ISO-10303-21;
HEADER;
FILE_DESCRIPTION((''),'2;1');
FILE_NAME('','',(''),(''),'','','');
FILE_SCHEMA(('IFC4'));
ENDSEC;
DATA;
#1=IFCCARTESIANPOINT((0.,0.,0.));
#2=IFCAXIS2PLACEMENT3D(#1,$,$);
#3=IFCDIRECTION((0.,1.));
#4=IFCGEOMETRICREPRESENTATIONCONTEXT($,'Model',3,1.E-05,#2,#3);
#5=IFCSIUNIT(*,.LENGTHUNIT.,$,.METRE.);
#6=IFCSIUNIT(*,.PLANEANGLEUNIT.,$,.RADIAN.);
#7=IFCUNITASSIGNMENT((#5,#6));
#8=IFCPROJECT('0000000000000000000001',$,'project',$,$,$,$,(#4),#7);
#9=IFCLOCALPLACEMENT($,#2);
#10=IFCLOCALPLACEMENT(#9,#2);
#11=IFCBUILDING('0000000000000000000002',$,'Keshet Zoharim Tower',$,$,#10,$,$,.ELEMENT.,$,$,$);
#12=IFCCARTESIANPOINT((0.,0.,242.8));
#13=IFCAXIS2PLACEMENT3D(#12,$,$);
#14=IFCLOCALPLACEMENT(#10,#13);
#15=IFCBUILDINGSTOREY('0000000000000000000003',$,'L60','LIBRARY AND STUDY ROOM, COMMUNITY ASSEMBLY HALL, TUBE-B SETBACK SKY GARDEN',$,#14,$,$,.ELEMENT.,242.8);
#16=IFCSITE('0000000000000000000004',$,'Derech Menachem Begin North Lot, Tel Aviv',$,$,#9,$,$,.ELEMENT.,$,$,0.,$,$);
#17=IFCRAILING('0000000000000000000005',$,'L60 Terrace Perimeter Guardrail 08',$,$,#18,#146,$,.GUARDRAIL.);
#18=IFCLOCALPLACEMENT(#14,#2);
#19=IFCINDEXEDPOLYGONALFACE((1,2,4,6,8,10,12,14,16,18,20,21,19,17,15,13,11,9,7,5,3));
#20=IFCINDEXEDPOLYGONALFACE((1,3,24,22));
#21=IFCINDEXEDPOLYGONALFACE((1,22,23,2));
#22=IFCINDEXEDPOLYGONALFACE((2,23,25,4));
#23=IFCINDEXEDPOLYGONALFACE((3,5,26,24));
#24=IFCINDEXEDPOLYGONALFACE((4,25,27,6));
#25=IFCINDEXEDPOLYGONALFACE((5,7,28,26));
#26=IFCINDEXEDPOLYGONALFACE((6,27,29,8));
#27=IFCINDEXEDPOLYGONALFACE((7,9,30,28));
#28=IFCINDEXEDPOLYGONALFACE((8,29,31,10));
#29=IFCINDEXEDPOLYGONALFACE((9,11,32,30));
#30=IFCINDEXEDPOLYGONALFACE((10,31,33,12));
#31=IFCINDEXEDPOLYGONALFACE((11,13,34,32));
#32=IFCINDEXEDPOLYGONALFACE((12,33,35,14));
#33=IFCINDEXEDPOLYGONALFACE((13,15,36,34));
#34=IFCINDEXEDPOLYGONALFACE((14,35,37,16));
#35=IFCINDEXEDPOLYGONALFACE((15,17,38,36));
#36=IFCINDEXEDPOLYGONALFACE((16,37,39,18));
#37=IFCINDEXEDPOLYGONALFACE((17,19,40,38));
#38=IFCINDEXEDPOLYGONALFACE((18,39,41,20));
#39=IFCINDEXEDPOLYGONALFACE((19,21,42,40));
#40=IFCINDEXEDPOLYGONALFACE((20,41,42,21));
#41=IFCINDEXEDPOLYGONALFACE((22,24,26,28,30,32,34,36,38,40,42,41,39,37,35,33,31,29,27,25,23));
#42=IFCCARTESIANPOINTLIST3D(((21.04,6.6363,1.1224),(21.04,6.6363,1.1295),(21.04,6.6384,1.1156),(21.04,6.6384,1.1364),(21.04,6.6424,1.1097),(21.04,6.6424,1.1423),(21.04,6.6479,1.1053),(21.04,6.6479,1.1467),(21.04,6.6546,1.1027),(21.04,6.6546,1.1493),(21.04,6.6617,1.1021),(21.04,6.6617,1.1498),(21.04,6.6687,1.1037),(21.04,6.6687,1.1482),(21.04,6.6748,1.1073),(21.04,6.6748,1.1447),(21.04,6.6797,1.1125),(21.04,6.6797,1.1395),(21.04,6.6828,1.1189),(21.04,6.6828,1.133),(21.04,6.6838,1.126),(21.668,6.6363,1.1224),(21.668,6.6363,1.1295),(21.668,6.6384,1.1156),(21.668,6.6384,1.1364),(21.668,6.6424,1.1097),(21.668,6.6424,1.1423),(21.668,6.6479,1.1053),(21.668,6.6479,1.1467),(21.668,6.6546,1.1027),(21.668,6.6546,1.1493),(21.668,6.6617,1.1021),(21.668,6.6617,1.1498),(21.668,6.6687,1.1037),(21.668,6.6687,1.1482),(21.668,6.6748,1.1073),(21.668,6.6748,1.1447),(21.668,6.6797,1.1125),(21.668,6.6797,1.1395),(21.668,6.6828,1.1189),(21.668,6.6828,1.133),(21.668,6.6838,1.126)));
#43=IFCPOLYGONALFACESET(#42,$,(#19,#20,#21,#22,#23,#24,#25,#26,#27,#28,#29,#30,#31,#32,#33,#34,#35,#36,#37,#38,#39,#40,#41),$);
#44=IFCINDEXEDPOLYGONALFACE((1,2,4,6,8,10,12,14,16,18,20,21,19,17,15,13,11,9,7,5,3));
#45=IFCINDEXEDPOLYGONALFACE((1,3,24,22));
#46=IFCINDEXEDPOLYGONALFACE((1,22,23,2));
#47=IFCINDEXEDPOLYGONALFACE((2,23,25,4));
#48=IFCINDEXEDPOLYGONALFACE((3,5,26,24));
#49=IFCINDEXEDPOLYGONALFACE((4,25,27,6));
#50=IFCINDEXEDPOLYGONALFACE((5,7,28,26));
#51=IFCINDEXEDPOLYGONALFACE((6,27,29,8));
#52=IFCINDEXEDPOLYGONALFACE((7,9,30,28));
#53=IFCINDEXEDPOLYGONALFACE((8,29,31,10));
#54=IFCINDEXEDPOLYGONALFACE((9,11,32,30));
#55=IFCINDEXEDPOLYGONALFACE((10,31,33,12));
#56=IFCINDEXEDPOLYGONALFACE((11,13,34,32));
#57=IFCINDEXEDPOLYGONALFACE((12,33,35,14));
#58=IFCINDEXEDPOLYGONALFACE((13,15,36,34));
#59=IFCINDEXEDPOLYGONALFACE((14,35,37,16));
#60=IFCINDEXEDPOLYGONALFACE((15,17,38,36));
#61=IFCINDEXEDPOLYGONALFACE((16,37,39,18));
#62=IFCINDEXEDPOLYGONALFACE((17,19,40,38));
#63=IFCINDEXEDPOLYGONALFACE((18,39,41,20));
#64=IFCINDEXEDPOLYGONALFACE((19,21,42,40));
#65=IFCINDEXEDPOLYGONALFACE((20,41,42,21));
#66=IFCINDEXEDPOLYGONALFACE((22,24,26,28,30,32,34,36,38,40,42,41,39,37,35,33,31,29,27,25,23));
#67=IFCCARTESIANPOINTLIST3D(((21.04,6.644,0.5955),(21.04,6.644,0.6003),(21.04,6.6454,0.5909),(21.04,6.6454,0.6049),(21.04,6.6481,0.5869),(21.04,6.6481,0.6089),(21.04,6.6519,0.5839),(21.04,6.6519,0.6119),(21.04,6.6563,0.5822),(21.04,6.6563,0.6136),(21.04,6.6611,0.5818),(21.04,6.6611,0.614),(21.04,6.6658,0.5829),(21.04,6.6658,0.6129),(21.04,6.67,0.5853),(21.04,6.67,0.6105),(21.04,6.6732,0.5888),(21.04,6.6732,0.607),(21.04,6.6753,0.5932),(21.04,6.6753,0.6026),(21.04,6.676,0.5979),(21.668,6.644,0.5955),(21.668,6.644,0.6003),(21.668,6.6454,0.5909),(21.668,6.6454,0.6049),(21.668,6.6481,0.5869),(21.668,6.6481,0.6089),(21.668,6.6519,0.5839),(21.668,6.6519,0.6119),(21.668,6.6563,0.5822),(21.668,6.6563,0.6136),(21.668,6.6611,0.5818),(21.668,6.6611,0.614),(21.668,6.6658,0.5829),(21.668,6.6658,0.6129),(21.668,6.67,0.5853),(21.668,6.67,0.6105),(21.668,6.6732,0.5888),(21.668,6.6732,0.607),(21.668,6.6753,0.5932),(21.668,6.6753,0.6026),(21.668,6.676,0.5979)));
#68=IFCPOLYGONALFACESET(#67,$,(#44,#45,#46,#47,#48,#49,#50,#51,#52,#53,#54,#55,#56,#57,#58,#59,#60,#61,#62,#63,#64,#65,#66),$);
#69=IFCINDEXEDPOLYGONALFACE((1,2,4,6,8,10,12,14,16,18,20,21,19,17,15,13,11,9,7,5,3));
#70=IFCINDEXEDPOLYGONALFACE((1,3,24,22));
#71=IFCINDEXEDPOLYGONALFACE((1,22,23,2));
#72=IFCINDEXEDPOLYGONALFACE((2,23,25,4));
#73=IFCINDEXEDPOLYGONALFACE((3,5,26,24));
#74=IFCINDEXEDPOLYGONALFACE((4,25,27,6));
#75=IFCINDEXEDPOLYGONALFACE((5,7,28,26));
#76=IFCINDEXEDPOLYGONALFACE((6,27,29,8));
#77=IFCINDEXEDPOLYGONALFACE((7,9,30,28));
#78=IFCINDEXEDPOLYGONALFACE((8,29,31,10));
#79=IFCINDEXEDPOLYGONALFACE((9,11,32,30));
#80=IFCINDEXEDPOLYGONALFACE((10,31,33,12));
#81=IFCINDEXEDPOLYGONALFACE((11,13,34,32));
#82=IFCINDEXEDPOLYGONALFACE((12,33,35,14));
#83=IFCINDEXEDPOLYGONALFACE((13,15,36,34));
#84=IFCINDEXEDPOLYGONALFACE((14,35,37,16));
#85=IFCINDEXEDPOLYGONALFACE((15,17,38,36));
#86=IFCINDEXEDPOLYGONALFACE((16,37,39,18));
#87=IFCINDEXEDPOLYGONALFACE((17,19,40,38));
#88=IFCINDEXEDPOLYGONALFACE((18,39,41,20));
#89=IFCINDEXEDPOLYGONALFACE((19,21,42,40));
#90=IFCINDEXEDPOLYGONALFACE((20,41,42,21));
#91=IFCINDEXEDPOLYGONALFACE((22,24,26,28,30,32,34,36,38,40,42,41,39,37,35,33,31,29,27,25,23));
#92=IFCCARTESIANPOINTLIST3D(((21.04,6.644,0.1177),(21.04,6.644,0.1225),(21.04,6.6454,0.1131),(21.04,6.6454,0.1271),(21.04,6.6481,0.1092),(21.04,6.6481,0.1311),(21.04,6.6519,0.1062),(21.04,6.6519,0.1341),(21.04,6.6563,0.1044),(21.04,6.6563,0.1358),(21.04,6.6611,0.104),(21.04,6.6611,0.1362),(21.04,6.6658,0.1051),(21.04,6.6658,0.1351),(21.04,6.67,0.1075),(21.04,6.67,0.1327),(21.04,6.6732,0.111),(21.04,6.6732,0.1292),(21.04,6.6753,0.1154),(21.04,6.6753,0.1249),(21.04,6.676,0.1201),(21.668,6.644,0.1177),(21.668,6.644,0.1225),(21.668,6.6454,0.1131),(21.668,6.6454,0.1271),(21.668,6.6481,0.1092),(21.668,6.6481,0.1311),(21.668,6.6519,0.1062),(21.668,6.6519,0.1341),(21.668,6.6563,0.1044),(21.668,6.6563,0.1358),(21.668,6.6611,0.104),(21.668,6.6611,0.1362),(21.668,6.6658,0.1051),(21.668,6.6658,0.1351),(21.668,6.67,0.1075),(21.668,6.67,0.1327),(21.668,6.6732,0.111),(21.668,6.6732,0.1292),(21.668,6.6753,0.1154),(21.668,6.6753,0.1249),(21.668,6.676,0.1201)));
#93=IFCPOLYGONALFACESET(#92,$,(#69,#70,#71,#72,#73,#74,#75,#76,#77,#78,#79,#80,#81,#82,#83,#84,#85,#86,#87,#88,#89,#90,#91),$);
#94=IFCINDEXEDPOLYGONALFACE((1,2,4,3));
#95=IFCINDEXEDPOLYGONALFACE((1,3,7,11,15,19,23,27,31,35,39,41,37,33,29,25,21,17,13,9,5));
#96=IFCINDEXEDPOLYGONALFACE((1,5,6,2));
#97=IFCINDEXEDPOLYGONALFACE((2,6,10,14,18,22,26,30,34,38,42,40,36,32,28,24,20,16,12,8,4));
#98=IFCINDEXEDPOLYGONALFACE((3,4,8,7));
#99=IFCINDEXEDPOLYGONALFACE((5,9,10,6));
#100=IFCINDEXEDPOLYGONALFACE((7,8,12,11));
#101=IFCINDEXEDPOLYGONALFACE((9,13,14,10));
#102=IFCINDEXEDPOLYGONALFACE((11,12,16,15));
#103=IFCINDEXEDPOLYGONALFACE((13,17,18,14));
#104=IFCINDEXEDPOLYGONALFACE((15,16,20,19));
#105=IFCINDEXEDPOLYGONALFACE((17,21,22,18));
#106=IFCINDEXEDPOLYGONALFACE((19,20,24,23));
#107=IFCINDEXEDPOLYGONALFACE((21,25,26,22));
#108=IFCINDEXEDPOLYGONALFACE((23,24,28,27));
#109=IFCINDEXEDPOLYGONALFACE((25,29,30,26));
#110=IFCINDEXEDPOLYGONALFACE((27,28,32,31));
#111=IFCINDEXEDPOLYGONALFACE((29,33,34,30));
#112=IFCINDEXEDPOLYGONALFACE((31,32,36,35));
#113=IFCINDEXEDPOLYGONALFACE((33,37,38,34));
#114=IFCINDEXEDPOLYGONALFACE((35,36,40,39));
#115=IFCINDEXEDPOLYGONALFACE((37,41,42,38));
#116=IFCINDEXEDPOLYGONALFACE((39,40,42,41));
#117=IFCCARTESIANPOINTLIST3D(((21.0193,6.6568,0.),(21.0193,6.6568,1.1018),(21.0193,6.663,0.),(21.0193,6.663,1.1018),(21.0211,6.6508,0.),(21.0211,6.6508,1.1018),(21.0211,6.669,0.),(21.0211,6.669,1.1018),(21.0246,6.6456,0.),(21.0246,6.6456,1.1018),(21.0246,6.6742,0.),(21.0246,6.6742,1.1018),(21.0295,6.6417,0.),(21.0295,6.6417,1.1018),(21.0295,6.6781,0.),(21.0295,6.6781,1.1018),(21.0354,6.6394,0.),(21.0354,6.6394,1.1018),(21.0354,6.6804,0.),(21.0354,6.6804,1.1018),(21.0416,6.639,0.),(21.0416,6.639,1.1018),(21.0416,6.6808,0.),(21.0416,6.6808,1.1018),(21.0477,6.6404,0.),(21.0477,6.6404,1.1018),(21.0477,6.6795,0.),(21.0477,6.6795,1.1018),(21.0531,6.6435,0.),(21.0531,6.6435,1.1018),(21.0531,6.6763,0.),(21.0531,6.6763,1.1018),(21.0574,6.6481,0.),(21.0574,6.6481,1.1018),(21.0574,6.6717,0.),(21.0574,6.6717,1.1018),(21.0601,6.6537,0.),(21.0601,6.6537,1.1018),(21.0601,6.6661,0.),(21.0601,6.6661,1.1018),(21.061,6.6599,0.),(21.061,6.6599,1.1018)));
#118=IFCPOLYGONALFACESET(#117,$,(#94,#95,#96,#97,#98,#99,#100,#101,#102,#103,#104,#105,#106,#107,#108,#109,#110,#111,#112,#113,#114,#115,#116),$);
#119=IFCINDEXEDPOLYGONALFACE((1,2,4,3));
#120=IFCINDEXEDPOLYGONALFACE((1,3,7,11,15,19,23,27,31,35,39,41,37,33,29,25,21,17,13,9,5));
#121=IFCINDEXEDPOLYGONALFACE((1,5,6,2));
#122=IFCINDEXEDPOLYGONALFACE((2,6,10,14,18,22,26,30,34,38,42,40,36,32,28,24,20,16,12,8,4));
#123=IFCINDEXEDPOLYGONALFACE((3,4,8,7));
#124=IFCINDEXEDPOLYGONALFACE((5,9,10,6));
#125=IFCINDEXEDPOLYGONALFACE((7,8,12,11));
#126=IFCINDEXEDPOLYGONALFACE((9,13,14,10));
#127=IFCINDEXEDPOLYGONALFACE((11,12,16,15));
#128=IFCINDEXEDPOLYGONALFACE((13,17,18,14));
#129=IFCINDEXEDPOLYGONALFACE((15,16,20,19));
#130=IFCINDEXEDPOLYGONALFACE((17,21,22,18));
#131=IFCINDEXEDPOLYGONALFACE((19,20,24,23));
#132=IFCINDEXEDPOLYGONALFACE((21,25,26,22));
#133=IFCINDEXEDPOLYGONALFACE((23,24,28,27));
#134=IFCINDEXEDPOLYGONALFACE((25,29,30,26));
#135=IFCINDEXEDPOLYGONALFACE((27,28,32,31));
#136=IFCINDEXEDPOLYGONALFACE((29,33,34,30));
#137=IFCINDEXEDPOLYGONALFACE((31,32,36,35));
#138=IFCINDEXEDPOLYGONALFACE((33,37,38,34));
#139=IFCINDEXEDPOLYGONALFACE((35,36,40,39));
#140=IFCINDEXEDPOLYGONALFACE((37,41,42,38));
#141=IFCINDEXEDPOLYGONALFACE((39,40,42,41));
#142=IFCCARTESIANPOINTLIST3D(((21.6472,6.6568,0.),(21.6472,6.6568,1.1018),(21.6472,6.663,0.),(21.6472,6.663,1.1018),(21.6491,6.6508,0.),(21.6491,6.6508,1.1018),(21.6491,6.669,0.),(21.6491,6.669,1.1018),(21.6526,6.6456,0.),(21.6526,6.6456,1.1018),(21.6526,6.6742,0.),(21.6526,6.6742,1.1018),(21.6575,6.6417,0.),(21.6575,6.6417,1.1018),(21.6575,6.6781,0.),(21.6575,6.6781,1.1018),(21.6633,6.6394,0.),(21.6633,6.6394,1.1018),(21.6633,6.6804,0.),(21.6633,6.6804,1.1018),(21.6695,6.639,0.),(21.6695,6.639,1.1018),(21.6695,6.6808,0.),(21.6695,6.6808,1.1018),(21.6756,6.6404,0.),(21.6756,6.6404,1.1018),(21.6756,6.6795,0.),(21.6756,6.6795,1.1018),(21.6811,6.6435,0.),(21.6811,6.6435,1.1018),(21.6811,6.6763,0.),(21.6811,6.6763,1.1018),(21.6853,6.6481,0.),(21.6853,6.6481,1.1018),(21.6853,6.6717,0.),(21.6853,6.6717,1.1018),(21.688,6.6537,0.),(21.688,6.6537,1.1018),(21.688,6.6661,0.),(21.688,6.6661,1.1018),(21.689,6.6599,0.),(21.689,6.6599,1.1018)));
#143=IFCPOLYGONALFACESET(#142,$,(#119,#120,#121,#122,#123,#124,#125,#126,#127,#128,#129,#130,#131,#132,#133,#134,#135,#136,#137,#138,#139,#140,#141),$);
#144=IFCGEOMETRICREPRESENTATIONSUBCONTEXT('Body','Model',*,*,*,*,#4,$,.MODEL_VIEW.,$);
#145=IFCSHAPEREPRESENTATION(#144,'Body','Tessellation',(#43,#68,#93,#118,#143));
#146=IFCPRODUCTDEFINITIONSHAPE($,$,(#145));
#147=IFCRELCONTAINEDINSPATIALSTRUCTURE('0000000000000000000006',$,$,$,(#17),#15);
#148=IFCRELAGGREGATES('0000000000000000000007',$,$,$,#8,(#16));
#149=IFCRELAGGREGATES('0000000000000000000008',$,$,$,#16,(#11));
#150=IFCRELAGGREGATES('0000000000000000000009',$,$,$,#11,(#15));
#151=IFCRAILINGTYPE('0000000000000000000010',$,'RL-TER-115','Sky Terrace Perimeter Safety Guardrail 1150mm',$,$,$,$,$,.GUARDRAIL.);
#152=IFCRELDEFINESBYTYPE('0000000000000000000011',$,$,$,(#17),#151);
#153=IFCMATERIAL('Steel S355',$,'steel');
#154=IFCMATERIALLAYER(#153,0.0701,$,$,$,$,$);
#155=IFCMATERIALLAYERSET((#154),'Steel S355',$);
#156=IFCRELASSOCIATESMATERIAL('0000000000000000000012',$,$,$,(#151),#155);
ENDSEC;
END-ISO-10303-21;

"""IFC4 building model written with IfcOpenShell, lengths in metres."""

from ifc_helpers import new_model, si_unit, direction, frame, origin, origin_2d, place, context, subcontext, project, spatial, circle, extrude, material, layer, layer_set, type_object, element, save


model = new_model("IFC4")

# Units and contexts
model_context = context("Model", 3, precision=1e-05, world=origin(), true_north=direction((0.0, 1.0)))
body_context = subcontext(model_context, "Body", "Model", "MODEL_VIEW")
ifc_project = project(units=[si_unit("LENGTHUNIT", "METRE"), si_unit("PLANEANGLEUNIT", "RADIAN")], contexts=[model_context])

# Site, building, storey
site_placement = place(None, origin())
site = spatial("IfcSite", under=ifc_project, at=site_placement, Name="Derech Menachem Begin North Lot, Tel Aviv", CompositionType="ELEMENT", RefElevation=0.0)
building_placement = place(site_placement, origin())
building = spatial("IfcBuilding", under=site, at=building_placement, Name="Keshet Zoharim Tower", CompositionType="ELEMENT")
storey_placement = place(building_placement, frame((0.0, 0.0, 242.8)))
storey = spatial("IfcBuildingStorey", under=building, at=storey_placement, Name="L60", Description="LIBRARY AND STUDY ROOM, COMMUNITY ASSEMBLY HALL, TUBE-B SETBACK SKY GARDEN", CompositionType="ELEMENT", Elevation=242.8)

# Shared definitions
ifc_material_1 = material(Name="Steel S355", Category="steel")

# Railing
ifc_layer_1 = layer(ifc_material_1, 0.0701)
ifc_layer_set_1 = layer_set([ifc_layer_1], Name="Steel S355")
railing_type = type_object("IfcRailingType", Name="RL-TER-115", Description="Sky Terrace Perimeter Safety Guardrail 1150mm", PredefinedType="GUARDRAIL", material=ifc_layer_set_1)
railing_1_placement = place(storey_placement, frame((21.04, 6.6599, 0.0)))
element("IfcRailing", 1, at=railing_1_placement, inside=storey, type_object=railing_type, Name="L60 Terrace Perimeter Guardrail 08", PredefinedType="GUARDRAIL", context=body_context, shape_type="SweptSolid", body=[
    extrude(circle(Radius=0.0239, at=origin_2d()), frame((0.0, 0.0, 1.126), z_axis=(1.0, 0.0, 0.0), x_axis=(0.0, 1.0, 0.0)), (0.0, 0.0, 1.0), 0.6279),
    extrude(circle(Radius=0.0161, at=origin_2d()), frame((0.0, 0.0, 0.5979), z_axis=(1.0, 0.0, 0.0), x_axis=(0.0, 1.0, 0.0)), (0.0, 0.0, 1.0), 0.6279),
    extrude(circle(Radius=0.0161, at=origin_2d()), frame((0.0, 0.0, 0.1201), z_axis=(1.0, 0.0, 0.0), x_axis=(0.0, 1.0, 0.0)), (0.0, 0.0, 1.0), 0.6279),
    extrude(circle(Radius=0.021, at=origin_2d()), origin(), (0.0, 0.0, 1.0), 1.1018),
    extrude(circle(Radius=0.021, at=origin_2d()), frame((0.6279, 0.0, 0.0)), (0.0, 0.0, 1.0), 1.1018),
])

save(model, "model.ifc")
